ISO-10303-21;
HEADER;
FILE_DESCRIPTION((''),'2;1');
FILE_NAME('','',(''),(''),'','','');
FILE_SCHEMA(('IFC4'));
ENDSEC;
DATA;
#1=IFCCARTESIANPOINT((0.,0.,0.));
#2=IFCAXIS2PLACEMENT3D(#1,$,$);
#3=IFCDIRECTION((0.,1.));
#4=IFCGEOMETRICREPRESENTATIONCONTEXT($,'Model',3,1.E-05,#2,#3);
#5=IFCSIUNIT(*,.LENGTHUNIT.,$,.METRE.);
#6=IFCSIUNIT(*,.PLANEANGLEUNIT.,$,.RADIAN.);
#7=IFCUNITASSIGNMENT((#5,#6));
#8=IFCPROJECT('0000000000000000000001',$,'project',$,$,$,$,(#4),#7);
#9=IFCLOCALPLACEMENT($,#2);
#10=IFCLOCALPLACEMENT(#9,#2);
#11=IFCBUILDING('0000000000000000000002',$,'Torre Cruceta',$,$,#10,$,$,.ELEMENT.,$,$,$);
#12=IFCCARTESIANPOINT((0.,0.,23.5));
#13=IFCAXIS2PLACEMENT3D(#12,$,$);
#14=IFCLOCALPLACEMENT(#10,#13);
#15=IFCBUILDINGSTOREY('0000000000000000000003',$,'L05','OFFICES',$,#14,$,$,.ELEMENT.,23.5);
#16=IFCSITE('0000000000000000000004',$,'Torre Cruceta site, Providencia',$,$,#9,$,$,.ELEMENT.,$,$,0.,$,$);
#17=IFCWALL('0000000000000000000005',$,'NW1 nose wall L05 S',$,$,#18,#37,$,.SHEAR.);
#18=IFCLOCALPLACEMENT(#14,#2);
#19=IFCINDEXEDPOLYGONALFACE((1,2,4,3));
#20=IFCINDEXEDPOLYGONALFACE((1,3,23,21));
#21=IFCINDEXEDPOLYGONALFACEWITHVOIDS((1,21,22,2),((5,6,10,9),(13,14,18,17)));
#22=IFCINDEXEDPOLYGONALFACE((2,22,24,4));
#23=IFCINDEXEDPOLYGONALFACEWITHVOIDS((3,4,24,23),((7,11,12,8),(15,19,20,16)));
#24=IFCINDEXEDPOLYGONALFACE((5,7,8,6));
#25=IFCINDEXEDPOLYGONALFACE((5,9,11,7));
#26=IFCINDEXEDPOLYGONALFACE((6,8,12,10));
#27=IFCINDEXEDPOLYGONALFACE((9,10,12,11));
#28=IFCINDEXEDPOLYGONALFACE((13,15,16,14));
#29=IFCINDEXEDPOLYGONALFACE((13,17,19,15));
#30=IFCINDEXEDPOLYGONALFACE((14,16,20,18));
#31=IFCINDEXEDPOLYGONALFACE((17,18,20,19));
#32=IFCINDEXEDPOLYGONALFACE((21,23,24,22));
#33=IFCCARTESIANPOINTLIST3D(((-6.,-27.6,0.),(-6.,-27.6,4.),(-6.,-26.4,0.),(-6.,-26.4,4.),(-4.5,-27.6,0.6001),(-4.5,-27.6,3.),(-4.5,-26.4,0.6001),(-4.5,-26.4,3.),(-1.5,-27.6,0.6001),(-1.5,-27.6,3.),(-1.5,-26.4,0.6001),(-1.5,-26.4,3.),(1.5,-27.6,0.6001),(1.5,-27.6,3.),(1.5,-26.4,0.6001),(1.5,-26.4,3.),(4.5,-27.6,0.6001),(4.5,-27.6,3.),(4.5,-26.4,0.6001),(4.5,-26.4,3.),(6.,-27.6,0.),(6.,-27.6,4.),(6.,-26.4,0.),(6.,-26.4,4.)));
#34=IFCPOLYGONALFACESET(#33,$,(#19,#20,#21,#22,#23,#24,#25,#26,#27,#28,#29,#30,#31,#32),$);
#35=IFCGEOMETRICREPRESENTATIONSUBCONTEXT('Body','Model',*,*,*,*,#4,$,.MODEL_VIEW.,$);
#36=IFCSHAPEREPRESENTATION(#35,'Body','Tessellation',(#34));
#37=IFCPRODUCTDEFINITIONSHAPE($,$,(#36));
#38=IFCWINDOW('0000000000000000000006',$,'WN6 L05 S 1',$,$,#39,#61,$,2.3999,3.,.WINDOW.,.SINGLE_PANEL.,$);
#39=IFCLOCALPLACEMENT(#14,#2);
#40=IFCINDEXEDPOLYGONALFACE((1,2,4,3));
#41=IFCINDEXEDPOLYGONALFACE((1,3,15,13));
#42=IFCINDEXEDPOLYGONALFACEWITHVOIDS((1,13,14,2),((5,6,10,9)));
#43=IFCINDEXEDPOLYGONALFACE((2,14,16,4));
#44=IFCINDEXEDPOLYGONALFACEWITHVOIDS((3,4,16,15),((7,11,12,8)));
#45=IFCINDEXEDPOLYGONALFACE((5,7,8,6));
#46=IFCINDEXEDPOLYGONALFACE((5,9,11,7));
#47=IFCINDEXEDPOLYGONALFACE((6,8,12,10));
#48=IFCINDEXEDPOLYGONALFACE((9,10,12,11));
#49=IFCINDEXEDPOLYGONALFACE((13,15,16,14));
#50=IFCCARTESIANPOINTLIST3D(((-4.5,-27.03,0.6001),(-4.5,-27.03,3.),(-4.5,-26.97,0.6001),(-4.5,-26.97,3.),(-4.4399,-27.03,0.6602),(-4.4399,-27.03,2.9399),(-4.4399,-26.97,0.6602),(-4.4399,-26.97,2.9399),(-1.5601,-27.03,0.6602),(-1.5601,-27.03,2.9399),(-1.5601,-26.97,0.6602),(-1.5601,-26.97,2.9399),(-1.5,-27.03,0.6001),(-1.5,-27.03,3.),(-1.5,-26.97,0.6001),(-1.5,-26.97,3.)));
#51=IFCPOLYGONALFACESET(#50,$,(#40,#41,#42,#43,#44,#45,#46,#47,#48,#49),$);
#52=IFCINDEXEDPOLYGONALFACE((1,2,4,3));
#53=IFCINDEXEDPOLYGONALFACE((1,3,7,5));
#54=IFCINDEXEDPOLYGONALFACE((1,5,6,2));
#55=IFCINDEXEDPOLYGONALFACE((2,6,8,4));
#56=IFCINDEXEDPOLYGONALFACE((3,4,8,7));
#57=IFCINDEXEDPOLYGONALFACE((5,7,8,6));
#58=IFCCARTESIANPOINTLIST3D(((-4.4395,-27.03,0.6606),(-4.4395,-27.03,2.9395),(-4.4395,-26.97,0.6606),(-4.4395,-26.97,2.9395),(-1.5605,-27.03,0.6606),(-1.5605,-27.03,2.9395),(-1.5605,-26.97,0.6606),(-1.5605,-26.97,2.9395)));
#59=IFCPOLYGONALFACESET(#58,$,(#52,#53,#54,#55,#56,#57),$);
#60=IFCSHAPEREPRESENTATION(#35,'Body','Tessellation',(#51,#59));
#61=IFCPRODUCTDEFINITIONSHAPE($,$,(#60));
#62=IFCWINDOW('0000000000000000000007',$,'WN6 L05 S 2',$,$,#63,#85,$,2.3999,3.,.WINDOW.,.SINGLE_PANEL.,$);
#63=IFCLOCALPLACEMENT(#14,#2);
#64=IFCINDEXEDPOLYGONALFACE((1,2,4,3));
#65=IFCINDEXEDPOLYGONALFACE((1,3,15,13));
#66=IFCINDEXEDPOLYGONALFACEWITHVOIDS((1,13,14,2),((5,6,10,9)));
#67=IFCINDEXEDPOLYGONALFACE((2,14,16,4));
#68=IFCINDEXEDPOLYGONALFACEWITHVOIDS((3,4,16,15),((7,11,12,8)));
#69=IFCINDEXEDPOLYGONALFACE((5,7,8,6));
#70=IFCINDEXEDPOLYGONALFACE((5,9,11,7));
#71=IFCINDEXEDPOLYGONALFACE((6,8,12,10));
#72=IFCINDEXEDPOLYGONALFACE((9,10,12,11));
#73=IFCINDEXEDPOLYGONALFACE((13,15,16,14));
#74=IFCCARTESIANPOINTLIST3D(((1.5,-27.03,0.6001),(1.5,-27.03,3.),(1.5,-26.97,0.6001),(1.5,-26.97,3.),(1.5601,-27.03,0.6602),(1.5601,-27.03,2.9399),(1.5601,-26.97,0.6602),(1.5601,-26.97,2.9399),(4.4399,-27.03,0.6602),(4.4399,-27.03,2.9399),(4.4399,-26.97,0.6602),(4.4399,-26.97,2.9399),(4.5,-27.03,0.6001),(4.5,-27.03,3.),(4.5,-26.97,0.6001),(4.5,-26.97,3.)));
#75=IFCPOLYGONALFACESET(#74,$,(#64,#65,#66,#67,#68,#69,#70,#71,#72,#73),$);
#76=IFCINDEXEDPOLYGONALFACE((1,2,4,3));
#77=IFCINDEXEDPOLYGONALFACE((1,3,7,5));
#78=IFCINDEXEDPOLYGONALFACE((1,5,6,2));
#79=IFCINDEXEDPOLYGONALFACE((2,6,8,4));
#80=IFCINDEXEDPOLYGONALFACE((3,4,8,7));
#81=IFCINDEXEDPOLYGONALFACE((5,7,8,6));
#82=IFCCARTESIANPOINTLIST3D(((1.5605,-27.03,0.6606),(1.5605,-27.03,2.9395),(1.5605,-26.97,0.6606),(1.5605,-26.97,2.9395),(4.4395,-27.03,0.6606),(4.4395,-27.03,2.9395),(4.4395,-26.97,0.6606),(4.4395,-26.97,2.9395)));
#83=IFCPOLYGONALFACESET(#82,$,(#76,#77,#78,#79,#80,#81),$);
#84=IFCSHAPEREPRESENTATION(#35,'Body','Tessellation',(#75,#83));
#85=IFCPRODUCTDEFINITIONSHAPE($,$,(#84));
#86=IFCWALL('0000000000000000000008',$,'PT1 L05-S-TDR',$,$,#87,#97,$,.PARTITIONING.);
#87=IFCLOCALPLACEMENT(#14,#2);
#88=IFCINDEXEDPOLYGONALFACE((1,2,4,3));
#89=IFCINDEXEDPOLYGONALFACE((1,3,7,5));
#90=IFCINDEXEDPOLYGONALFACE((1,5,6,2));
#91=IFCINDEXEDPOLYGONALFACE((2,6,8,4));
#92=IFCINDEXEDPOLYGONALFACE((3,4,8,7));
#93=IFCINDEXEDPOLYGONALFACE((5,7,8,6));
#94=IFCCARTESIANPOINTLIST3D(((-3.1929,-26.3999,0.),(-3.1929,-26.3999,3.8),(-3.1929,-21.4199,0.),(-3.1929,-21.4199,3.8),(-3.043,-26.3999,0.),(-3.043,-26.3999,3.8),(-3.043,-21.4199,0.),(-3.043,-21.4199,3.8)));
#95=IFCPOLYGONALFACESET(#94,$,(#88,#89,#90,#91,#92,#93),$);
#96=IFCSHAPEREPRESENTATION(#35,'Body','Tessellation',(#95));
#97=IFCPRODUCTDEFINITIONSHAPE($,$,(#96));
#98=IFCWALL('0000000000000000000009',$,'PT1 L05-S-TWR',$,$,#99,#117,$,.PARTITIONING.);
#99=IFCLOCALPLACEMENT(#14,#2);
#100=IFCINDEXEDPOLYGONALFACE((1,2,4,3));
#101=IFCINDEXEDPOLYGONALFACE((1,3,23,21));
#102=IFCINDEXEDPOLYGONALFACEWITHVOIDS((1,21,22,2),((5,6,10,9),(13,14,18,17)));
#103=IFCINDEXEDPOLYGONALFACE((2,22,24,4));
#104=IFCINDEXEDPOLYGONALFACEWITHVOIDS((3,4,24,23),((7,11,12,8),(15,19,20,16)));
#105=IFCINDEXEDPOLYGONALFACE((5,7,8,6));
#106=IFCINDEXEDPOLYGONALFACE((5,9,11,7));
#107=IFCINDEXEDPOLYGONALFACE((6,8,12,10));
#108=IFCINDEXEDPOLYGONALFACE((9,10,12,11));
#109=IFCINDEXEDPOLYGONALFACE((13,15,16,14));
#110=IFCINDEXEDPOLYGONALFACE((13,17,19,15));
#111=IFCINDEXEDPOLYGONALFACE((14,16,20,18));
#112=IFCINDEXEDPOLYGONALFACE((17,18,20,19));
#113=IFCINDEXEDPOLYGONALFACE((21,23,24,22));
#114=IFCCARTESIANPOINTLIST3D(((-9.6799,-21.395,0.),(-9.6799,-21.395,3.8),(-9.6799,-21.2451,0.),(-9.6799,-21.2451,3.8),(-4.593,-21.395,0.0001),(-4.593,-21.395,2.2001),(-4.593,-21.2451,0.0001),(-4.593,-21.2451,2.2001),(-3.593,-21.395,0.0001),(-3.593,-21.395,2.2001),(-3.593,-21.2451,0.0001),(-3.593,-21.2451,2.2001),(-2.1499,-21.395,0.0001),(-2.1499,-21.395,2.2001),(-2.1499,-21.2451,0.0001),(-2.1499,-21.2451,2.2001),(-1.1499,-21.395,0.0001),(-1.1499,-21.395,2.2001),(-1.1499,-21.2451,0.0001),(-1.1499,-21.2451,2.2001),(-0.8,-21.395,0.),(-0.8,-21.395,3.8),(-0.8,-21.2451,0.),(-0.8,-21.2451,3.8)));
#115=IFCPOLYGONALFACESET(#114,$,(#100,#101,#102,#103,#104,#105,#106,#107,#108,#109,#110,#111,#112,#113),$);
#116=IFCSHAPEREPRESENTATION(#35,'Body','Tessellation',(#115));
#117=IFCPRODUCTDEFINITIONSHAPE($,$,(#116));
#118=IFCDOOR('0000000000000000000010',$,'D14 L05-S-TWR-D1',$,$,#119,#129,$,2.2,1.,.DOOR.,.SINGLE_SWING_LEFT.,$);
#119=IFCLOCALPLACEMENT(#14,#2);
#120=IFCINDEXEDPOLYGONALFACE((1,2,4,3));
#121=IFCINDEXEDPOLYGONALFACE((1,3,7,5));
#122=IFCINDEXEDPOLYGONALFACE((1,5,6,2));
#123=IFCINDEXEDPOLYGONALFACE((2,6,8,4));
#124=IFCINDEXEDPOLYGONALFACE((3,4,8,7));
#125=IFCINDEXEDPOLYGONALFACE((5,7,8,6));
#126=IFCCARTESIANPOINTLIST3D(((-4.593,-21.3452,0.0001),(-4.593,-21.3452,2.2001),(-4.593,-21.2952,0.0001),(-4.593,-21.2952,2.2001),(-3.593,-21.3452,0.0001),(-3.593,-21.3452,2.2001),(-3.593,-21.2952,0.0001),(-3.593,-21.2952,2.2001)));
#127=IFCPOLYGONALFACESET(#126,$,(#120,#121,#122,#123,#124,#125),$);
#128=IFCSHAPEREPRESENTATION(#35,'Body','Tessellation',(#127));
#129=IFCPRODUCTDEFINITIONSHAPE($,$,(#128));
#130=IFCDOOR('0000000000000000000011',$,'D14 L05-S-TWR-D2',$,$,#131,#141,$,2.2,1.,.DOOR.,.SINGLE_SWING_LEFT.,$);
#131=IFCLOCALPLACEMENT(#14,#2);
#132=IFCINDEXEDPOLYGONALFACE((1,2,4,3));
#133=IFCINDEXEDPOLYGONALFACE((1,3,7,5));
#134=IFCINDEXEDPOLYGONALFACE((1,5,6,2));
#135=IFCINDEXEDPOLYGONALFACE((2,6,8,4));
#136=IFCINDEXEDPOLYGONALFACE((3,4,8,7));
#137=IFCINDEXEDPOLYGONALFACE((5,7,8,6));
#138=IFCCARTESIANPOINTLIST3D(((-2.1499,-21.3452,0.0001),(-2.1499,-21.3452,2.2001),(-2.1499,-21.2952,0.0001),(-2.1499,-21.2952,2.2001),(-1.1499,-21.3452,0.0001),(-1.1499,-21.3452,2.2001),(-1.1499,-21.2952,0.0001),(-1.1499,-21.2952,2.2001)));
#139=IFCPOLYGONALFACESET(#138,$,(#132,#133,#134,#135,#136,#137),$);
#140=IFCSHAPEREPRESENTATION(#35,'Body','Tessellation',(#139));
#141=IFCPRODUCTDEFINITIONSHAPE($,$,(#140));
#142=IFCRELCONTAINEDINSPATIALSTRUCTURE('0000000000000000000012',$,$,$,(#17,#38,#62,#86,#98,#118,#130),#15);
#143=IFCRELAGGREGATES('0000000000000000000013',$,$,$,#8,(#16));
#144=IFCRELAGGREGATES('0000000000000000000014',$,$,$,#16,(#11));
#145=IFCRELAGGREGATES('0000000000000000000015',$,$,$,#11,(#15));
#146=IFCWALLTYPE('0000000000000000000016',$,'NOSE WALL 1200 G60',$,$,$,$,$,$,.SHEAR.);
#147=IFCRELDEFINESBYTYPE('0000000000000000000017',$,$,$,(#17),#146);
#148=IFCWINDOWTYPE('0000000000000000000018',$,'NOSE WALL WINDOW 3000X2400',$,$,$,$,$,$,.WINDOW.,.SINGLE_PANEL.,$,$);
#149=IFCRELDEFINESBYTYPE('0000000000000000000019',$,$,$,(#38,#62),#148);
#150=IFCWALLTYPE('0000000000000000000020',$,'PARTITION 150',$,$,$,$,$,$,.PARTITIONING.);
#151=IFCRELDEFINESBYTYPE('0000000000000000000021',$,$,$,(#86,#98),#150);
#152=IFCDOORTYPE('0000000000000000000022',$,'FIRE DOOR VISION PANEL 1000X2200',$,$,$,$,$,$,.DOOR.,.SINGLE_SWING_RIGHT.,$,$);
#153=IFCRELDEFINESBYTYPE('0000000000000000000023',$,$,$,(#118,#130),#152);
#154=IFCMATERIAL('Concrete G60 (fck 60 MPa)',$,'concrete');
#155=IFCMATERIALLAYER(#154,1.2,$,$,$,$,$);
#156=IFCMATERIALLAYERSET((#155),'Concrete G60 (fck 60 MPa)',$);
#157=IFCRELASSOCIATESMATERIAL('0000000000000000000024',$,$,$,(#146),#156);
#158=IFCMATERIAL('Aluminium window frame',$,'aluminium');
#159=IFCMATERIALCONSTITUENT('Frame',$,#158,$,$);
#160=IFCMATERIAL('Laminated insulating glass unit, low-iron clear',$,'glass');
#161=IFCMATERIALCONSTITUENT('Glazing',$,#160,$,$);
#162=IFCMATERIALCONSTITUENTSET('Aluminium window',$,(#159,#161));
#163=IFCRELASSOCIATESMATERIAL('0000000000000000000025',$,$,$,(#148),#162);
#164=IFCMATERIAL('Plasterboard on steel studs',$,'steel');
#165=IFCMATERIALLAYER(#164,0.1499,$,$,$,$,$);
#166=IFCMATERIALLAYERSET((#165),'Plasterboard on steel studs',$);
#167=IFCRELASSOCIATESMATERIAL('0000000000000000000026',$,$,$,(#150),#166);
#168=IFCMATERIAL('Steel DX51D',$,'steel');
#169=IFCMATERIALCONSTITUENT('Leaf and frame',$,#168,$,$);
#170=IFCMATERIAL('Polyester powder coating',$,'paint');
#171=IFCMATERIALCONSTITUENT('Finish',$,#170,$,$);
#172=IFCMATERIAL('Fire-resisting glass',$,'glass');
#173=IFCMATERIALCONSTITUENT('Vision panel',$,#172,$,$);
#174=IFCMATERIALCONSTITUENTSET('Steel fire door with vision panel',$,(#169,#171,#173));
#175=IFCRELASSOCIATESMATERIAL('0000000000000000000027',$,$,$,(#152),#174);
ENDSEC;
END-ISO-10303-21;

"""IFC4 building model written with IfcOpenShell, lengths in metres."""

from ifc_helpers import new_model, si_unit, direction, frame, frame_2d, origin, place, context, subcontext, project, spatial, rectangle, hollow_rectangle, extrude, material, layer, layer_set, constituent, constituent_set, type_object, element, fill, save


model = new_model("IFC4")

# Units and contexts
model_context = context("Model", 3, precision=1e-05, world=origin(), true_north=direction((0.0, 1.0)))
body_context = subcontext(model_context, "Body", "Model", "MODEL_VIEW")
ifc_project = project(units=[si_unit("LENGTHUNIT", "METRE"), si_unit("PLANEANGLEUNIT", "RADIAN")], contexts=[model_context])

# Site, building, storey
site_placement = place(None, origin())
site = spatial("IfcSite", under=ifc_project, at=site_placement, Name="Torre Cruceta site, Providencia", CompositionType="ELEMENT", RefElevation=0.0)
building_placement = place(site_placement, origin())
building = spatial("IfcBuilding", under=site, at=building_placement, Name="Torre Cruceta", CompositionType="ELEMENT")
storey_placement = place(building_placement, frame((0.0, 0.0, 23.5)))
storey = spatial("IfcBuildingStorey", under=building, at=storey_placement, Name="L05", Description="OFFICES", CompositionType="ELEMENT", Elevation=23.5)

# Wall, openings, windows
ifc_material_1 = material(Name="Concrete G60 (fck 60 MPa)", Category="concrete")
ifc_layer_1 = layer(ifc_material_1, 1.2)
ifc_layer_set_1 = layer_set([ifc_layer_1], Name="Concrete G60 (fck 60 MPa)")
wall_type_1 = type_object("IfcWallType", Name="NOSE WALL 1200 G60", PredefinedType="SHEAR", material=ifc_layer_set_1)
wall_1_placement = place(storey_placement, frame((-6.0, -27.0, 0.0), z_axis=(0.0, 0.0, 1.0), x_axis=(1.0, 0.0, 0.0)))
wall_1 = element("IfcWall", 1, at=wall_1_placement, inside=storey, type_object=wall_type_1, Name="NW1 nose wall L05 S", PredefinedType="SHEAR", context=body_context, shape_type="SweptSolid", body=[
    extrude(rectangle(XDim=12.0, YDim=1.2, at=frame_2d((6.0, 0.0))), origin(), (0.0, 0.0, 1.0), 4.0),
])
opening_1_placement = place(wall_1_placement, frame((1.5, 0.0, 0.6001)))
opening_1 = element("IfcOpeningElement", 2, at=opening_1_placement, cuts=wall_1, PredefinedType="OPENING", context=body_context, shape_type="SweptSolid", body=[
    extrude(rectangle(XDim=3.0, YDim=2.3999, at=frame_2d((1.5, 1.2))), frame((0.0, 0.6099, 0.0), z_axis=(0.0, -1.0, 0.0), x_axis=(1.0, 0.0, 0.0)), (0.0, 0.0, 1.0), 1.22),
])
opening_2_placement = place(wall_1_placement, frame((7.5, 0.0, 0.6001)))
opening_2 = element("IfcOpeningElement", 3, at=opening_2_placement, cuts=wall_1, PredefinedType="OPENING", context=body_context, shape_type="SweptSolid", body=[
    extrude(rectangle(XDim=3.0, YDim=2.3999, at=frame_2d((1.5, 1.2))), frame((0.0, 0.6099, 0.0), z_axis=(0.0, -1.0, 0.0), x_axis=(1.0, 0.0, 0.0)), (0.0, 0.0, 1.0), 1.22),
])
ifc_material_2 = material(Name="Aluminium window frame", Category="aluminium")
ifc_constituent_1 = constituent(ifc_material_2, Name="Frame")
ifc_material_3 = material(Name="Laminated insulating glass unit, low-iron clear", Category="glass")
ifc_constituent_2 = constituent(ifc_material_3, Name="Glazing")
ifc_constituent_set_1 = constituent_set(constituents=[ifc_constituent_1, ifc_constituent_2], Name="Aluminium window")
window_type = type_object("IfcWindowType", Name="NOSE WALL WINDOW 3000X2400", PartitioningType="SINGLE_PANEL", PredefinedType="WINDOW", material=ifc_constituent_set_1)
window_1_placement = place(opening_1_placement, origin())
window_1 = element("IfcWindow", 4, at=window_1_placement, inside=storey, type_object=window_type, Name="WN6 L05 S 1", OverallHeight=2.3999, OverallWidth=3.0, PartitioningType="SINGLE_PANEL", PredefinedType="WINDOW", context=body_context, shape_type="SweptSolid", body=[
    extrude(hollow_rectangle(XDim=3.0, YDim=2.3999, WallThickness=0.0601, at=frame_2d((1.5, 1.2))), frame((0.0, 0.03, 0.0), z_axis=(0.0, -1.0, 0.0), x_axis=(1.0, 0.0, 0.0)), (0.0, 0.0, 1.0), 0.0601),
    extrude(rectangle(XDim=2.8789, YDim=2.2788, at=frame_2d((1.5, 1.2))), frame((0.0, 0.03, 0.0), z_axis=(0.0, -1.0, 0.0), x_axis=(1.0, 0.0, 0.0)), (0.0, 0.0, 1.0), 0.0601),
])
fill(opening_1, window_1)
window_2_placement = place(opening_2_placement, origin())
window_2 = element("IfcWindow", 5, at=window_2_placement, inside=storey, type_object=window_type, Name="WN6 L05 S 2", OverallHeight=2.3999, OverallWidth=3.0, PartitioningType="SINGLE_PANEL", PredefinedType="WINDOW", context=body_context, shape_type="SweptSolid", body=[
    extrude(hollow_rectangle(XDim=3.0, YDim=2.3999, WallThickness=0.0601, at=frame_2d((1.5, 1.2))), frame((0.0, 0.03, 0.0), z_axis=(0.0, -1.0, 0.0), x_axis=(1.0, 0.0, 0.0)), (0.0, 0.0, 1.0), 0.0601),
    extrude(rectangle(XDim=2.8789, YDim=2.2788, at=frame_2d((1.5, 1.2))), frame((0.0, 0.03, 0.0), z_axis=(0.0, -1.0, 0.0), x_axis=(1.0, 0.0, 0.0)), (0.0, 0.0, 1.0), 0.0601),
])
fill(opening_2, window_2)

# Wall
ifc_material_4 = material(Name="Plasterboard on steel studs", Category="steel")
ifc_layer_2 = layer(ifc_material_4, 0.1499)
ifc_layer_set_2 = layer_set([ifc_layer_2], Name="Plasterboard on steel studs")
wall_type_2 = type_object("IfcWallType", Name="PARTITION 150", PredefinedType="PARTITIONING", material=ifc_layer_set_2)
wall_2_placement = place(storey_placement, frame((-3.1179, -21.4199, 0.0), z_axis=(0.0, 0.0, 1.0), x_axis=(0.0, -1.0, 0.0)))
element("IfcWall", 6, at=wall_2_placement, inside=storey, type_object=wall_type_2, Name="PT1 L05-S-TDR", PredefinedType="PARTITIONING", context=body_context, shape_type="SweptSolid", body=[
    extrude(rectangle(XDim=4.98, YDim=0.1499, at=frame_2d((2.49, 0.0))), origin(), (0.0, 0.0, 1.0), 3.8),
])

# Wall, openings, doors
wall_3_placement = place(storey_placement, frame((-9.6799, -21.3201, 0.0), z_axis=(0.0, 0.0, 1.0), x_axis=(1.0, 0.0, 0.0)))
wall_3 = element("IfcWall", 7, at=wall_3_placement, inside=storey, type_object=wall_type_2, Name="PT1 L05-S-TWR", PredefinedType="PARTITIONING", context=body_context, shape_type="SweptSolid", body=[
    extrude(rectangle(XDim=8.8799, YDim=0.1499, at=frame_2d((4.4399, 0.0))), origin(), (0.0, 0.0, 1.0), 3.8),
])
opening_3_placement = place(wall_3_placement, frame((5.0869, 0.0, 0.0)))
opening_3 = element("IfcOpeningElement", 8, at=opening_3_placement, cuts=wall_3, PredefinedType="OPENING", context=body_context, shape_type="SweptSolid", body=[
    extrude(rectangle(XDim=1.0, YDim=2.2, at=frame_2d((0.5, 1.1001))), frame((0.0, 0.085, 0.0), z_axis=(0.0, -1.0, 0.0), x_axis=(1.0, 0.0, 0.0)), (0.0, 0.0, 1.0), 0.1699),
])
opening_4_placement = place(wall_3_placement, frame((7.53, 0.0, 0.0)))
opening_4 = element("IfcOpeningElement", 9, at=opening_4_placement, cuts=wall_3, PredefinedType="OPENING", context=body_context, shape_type="SweptSolid", body=[
    extrude(rectangle(XDim=1.0, YDim=2.2, at=frame_2d((0.5, 1.1001))), frame((0.0, 0.085, 0.0), z_axis=(0.0, -1.0, 0.0), x_axis=(1.0, 0.0, 0.0)), (0.0, 0.0, 1.0), 0.1699),
])
ifc_material_5 = material(Name="Steel DX51D", Category="steel")
ifc_constituent_3 = constituent(ifc_material_5, Name="Leaf and frame")
ifc_material_6 = material(Name="Polyester powder coating", Category="paint")
ifc_constituent_4 = constituent(ifc_material_6, Name="Finish")
ifc_material_7 = material(Name="Fire-resisting glass", Category="glass")
ifc_constituent_5 = constituent(ifc_material_7, Name="Vision panel")
ifc_constituent_set_2 = constituent_set(constituents=[ifc_constituent_3, ifc_constituent_4, ifc_constituent_5], Name="Steel fire door with vision panel")
door_type = type_object("IfcDoorType", Name="FIRE DOOR VISION PANEL 1000X2200", OperationType="SINGLE_SWING_RIGHT", PredefinedType="DOOR", material=ifc_constituent_set_2)
door_1_placement = place(opening_3_placement, frame((1.0, 0.0, 0.0), z_axis=(0.0, 0.0, 1.0), x_axis=(-1.0, 0.0, 0.0)))
door_1 = element("IfcDoor", 10, at=door_1_placement, inside=storey, type_object=door_type, Name="D14 L05-S-TWR-D1", OperationType="SINGLE_SWING_LEFT", OverallHeight=2.2, OverallWidth=1.0, PredefinedType="DOOR", context=body_context, shape_type="SweptSolid", body=[
    extrude(rectangle(XDim=1.0, YDim=2.2, at=frame_2d((0.5, 1.1001))), frame((0.0, 0.0251, 0.0), z_axis=(0.0, -1.0, 0.0), x_axis=(1.0, 0.0, 0.0)), (0.0, 0.0, 1.0), 0.05),
])
fill(opening_3, door_1)
door_2_placement = place(opening_4_placement, frame((1.0, 0.0, 0.0), z_axis=(0.0, 0.0, 1.0), x_axis=(-1.0, 0.0, 0.0)))
door_2 = element("IfcDoor", 11, at=door_2_placement, inside=storey, type_object=door_type, Name="D14 L05-S-TWR-D2", OperationType="SINGLE_SWING_LEFT", OverallHeight=2.2, OverallWidth=1.0, PredefinedType="DOOR", context=body_context, shape_type="SweptSolid", body=[
    extrude(rectangle(XDim=1.0, YDim=2.2, at=frame_2d((0.5, 1.1001))), frame((0.0, 0.0251, 0.0), z_axis=(0.0, -1.0, 0.0), x_axis=(1.0, 0.0, 0.0)), (0.0, 0.0, 1.0), 0.05),
])
fill(opening_4, door_2)

save(model, "model.ifc")
